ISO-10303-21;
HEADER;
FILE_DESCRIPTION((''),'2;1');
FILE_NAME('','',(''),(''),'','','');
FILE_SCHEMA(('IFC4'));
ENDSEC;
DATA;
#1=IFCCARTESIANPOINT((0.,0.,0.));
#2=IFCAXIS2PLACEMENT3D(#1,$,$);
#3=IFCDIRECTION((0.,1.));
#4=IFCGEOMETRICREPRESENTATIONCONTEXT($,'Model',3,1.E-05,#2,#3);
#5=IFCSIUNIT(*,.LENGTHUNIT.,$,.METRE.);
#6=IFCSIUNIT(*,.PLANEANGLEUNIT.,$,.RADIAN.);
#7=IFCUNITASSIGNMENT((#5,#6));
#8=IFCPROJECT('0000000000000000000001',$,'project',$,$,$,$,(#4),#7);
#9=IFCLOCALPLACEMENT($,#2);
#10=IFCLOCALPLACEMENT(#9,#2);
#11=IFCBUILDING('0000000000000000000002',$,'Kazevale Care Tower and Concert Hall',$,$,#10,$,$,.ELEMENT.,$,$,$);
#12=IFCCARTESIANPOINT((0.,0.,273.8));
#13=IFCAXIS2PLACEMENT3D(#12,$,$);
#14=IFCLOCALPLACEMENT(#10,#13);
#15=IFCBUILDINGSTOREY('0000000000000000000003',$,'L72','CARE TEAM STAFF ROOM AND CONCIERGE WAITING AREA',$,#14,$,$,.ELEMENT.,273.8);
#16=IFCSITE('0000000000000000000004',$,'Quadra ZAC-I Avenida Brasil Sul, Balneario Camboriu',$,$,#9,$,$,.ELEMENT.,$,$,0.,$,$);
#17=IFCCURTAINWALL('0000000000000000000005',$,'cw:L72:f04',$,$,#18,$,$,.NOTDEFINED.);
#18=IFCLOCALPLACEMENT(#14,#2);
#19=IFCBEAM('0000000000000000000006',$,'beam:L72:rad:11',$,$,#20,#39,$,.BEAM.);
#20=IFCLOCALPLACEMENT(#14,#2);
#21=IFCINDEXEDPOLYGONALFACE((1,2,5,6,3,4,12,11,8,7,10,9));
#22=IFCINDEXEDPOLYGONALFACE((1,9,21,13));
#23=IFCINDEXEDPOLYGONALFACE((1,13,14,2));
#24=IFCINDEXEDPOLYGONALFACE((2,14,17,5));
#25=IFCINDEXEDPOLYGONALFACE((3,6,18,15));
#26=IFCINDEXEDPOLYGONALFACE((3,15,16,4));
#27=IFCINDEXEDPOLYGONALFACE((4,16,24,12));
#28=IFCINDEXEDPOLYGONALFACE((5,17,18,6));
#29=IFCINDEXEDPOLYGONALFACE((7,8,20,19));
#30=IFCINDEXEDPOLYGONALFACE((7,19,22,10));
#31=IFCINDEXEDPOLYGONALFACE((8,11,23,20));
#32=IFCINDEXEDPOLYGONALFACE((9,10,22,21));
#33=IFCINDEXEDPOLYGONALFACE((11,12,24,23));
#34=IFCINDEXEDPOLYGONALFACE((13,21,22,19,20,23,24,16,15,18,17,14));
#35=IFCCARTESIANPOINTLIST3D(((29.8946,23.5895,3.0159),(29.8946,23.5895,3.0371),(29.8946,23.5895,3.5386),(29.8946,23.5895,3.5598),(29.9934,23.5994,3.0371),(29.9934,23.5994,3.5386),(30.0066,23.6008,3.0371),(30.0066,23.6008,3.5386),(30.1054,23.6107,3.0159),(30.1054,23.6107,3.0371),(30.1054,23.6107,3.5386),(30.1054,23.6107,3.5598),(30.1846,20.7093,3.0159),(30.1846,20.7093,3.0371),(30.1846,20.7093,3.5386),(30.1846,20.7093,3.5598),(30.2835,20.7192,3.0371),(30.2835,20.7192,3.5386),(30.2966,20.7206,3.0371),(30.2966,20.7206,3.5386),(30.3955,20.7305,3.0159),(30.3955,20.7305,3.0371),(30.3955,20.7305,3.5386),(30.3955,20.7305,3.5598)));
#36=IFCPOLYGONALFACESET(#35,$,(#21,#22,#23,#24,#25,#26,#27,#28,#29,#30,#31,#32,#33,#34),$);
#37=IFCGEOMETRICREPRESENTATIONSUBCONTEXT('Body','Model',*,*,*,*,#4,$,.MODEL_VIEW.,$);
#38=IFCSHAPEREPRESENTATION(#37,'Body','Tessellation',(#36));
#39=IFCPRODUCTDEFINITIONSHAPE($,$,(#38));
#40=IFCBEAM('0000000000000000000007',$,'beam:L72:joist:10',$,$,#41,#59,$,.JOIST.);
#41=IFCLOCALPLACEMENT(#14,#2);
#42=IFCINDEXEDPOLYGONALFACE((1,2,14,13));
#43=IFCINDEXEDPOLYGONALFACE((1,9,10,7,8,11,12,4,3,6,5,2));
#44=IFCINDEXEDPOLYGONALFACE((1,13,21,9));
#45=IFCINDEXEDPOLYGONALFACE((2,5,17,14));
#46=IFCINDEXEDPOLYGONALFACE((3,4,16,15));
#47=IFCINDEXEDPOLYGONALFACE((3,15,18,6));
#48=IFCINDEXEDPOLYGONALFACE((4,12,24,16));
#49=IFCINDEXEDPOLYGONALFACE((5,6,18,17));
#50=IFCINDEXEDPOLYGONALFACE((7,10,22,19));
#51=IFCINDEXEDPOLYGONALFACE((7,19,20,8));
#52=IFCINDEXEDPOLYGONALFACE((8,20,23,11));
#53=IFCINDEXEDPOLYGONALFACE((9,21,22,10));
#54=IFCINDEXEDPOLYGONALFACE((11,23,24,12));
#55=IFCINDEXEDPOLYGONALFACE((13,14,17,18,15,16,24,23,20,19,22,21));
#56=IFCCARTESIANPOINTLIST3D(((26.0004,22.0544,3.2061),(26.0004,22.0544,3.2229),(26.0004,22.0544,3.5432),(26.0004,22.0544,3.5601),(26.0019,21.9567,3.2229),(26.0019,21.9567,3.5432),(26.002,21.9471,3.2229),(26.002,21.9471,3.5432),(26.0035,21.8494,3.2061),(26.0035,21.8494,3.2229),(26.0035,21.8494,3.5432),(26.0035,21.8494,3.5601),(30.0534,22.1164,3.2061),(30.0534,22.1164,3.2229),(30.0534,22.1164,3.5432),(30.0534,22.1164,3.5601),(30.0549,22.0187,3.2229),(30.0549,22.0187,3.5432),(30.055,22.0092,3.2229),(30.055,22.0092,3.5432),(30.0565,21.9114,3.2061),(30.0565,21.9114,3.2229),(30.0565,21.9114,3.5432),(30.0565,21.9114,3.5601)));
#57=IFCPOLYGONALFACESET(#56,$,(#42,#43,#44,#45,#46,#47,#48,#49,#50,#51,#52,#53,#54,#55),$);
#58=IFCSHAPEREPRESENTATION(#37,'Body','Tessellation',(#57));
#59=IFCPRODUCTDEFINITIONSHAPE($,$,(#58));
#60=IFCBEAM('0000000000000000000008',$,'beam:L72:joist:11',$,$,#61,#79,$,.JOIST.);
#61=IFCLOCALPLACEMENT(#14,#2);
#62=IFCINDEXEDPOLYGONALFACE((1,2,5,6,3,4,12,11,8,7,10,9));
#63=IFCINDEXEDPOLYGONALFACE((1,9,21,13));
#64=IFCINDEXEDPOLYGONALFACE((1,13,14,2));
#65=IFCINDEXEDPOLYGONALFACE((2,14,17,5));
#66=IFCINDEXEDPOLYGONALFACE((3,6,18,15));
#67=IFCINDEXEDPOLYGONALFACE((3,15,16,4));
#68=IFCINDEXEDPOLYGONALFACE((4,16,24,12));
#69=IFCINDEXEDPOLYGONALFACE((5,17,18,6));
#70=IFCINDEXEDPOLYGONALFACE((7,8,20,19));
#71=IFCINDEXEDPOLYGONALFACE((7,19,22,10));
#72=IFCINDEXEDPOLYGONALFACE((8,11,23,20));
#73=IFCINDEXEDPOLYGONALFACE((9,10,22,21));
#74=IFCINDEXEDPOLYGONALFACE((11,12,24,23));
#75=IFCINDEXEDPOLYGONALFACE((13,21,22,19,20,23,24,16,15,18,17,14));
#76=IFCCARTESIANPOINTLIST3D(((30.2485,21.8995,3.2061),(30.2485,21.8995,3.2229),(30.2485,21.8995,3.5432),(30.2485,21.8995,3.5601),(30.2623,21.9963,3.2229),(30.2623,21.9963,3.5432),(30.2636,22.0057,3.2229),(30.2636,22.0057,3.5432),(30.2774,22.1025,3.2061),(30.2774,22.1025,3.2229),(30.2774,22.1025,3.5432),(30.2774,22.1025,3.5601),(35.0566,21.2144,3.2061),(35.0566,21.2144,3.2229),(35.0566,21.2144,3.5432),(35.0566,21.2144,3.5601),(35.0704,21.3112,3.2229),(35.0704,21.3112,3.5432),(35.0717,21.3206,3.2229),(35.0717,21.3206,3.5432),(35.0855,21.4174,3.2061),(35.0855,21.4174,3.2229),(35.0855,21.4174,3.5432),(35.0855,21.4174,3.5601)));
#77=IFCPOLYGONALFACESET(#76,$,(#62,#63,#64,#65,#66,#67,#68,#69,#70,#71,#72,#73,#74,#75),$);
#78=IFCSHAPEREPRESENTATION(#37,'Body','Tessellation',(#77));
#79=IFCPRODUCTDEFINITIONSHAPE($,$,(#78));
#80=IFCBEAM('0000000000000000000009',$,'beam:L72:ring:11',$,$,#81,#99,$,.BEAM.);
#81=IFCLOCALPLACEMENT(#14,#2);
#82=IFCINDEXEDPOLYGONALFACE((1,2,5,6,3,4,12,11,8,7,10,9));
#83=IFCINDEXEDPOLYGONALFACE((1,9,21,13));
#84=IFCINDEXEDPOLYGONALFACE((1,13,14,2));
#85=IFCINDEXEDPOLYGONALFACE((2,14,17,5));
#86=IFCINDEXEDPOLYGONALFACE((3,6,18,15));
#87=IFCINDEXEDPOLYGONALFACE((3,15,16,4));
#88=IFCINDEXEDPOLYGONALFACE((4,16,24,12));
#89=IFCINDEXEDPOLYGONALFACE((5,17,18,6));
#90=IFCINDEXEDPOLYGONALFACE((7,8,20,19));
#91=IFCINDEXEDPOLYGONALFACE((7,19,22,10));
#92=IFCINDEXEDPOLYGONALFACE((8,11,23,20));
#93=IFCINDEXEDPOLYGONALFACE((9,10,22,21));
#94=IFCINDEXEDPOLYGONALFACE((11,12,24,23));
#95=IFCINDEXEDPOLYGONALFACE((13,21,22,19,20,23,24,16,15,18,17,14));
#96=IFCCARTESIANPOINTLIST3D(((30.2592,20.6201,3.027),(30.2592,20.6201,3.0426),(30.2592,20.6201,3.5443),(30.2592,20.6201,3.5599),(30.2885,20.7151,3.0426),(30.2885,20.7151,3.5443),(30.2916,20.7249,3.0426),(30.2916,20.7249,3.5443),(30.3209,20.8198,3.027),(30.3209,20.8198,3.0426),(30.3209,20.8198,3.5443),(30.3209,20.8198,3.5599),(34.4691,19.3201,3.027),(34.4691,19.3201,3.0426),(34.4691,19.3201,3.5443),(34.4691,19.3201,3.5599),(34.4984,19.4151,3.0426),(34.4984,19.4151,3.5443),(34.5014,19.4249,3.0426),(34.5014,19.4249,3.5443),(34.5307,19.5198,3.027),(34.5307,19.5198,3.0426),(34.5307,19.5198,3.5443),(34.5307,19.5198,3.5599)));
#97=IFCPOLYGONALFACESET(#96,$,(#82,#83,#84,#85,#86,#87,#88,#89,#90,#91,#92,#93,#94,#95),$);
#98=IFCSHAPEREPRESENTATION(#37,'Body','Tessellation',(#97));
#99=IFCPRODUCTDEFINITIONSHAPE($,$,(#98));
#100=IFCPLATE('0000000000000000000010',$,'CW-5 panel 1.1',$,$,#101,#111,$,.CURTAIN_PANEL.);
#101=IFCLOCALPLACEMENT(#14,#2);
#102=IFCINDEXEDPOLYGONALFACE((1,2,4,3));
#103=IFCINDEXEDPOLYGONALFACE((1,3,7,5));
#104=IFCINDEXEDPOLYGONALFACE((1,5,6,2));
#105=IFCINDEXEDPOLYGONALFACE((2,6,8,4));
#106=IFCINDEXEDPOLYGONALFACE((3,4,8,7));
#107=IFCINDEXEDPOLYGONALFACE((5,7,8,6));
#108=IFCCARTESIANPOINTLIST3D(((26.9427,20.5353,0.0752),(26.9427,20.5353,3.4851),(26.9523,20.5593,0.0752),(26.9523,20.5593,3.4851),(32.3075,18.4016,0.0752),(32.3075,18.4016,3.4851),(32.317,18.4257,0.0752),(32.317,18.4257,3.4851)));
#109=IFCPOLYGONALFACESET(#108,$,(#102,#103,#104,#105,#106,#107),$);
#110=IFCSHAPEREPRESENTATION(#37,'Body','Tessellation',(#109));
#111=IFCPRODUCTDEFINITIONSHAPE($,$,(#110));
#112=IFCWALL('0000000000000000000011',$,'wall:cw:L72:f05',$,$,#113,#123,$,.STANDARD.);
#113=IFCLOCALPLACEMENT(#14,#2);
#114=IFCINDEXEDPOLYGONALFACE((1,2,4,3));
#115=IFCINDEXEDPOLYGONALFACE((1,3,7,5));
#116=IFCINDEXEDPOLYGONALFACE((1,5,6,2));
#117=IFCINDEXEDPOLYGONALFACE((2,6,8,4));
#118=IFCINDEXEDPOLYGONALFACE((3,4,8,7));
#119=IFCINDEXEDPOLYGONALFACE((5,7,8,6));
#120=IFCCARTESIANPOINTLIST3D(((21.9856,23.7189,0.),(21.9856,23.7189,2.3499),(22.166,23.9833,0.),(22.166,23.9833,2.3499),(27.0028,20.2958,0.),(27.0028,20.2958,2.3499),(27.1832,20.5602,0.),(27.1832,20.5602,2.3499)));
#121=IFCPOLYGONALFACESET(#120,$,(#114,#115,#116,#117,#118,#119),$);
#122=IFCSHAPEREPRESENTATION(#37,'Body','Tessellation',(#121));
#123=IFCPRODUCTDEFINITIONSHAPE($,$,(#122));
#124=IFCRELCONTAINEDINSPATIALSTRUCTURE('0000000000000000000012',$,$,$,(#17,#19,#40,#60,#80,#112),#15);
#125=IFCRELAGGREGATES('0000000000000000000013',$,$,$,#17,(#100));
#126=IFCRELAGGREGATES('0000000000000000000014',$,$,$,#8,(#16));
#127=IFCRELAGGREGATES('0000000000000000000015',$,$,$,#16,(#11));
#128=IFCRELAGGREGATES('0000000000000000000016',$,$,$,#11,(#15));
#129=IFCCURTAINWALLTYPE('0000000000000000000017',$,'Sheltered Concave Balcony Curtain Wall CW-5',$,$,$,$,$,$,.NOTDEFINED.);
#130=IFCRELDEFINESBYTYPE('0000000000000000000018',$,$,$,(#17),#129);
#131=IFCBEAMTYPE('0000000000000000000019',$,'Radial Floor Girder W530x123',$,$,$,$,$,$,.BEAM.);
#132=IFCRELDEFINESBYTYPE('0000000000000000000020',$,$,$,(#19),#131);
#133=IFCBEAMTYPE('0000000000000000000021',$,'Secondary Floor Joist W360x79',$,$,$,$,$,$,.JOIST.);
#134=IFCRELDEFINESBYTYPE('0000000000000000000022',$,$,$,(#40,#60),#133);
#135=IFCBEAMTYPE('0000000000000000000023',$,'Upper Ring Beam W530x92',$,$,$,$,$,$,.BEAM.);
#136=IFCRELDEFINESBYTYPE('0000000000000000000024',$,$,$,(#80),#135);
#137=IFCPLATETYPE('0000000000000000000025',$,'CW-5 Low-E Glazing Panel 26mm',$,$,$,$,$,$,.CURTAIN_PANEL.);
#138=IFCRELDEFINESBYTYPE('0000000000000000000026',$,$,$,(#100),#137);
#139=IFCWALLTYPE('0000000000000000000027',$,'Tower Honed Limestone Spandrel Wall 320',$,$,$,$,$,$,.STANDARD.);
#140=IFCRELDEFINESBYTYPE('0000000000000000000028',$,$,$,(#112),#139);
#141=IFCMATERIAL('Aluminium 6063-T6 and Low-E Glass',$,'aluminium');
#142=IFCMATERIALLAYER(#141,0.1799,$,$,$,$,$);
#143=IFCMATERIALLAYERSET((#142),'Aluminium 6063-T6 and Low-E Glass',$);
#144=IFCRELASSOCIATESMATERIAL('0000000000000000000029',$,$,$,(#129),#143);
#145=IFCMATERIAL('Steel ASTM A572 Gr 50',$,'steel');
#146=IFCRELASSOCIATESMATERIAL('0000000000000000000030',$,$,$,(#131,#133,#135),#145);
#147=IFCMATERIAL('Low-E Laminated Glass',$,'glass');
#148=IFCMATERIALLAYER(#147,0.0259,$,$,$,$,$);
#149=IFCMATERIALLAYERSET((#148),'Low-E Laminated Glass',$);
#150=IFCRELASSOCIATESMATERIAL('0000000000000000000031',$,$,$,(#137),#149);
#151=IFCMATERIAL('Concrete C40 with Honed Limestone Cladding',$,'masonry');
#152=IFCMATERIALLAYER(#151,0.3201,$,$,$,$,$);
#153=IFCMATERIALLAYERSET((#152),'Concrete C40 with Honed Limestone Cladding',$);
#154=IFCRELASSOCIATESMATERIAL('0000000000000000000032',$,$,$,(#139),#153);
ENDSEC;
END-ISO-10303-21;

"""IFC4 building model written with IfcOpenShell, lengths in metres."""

from ifc_helpers import new_model, si_unit, direction, frame, frame_2d, origin, origin_2d, place, context, subcontext, project, spatial, rectangle, i_section, extrude, material, layer, layer_set, material_profile, profile_set, type_object, element, aggregate, save


model = new_model("IFC4")

# Units and contexts
model_context = context("Model", 3, precision=1e-05, world=origin(), true_north=direction((0.0, 1.0)))
body_context = subcontext(model_context, "Body", "Model", "MODEL_VIEW")
ifc_project = project(units=[si_unit("LENGTHUNIT", "METRE"), si_unit("PLANEANGLEUNIT", "RADIAN")], contexts=[model_context])

# Site, building, storey
site_placement = place(None, origin())
site = spatial("IfcSite", under=ifc_project, at=site_placement, Name="Quadra ZAC-I Avenida Brasil Sul, Balneario Camboriu", CompositionType="ELEMENT", RefElevation=0.0)
building_placement = place(site_placement, origin())
building = spatial("IfcBuilding", under=site, at=building_placement, Name="Kazevale Care Tower and Concert Hall", CompositionType="ELEMENT")
storey_placement = place(building_placement, frame((0.0, 0.0, 273.8)))
storey = spatial("IfcBuildingStorey", under=building, at=storey_placement, Name="L72", Description="CARE TEAM STAFF ROOM AND CONCIERGE WAITING AREA", CompositionType="ELEMENT", Elevation=273.8)

# Shared definitions
ifc_material_1 = material(Name="Aluminium 6063-T6 and Low-E Glass", Category="aluminium")
ifc_layer_1 = layer(ifc_material_1, 0.1799)
ifc_layer_set_1 = layer_set([ifc_layer_1], Name="Aluminium 6063-T6 and Low-E Glass")
curtain_wall_type = type_object("IfcCurtainWallType", Name="Sheltered Concave Balcony Curtain Wall CW-5", PredefinedType="NOTDEFINED", material=ifc_layer_set_1)

# Curtain wall
curtain_wall_1_placement = place(storey_placement, origin())
curtain_wall_1 = element("IfcCurtainWall", 1, at=curtain_wall_1_placement, inside=storey, type_object=curtain_wall_type, Name="cw:L72:f04", PredefinedType="NOTDEFINED")

# Beams
ifc_material_2 = material(Name="Steel ASTM A572 Gr 50", Category="steel")
ifc_material_profile_1 = material_profile(ifc_material_2, i_section(OverallWidth=0.2119, OverallDepth=0.5439, WebThickness=0.0132, FlangeThickness=0.0212, at=origin_2d()), Name="W530x123")
ifc_profile_set_1 = profile_set([ifc_material_profile_1], Name="Steel ASTM A572 Gr 50")
beam_type_1 = type_object("IfcBeamType", Name="Radial Floor Girder W530x123", PredefinedType="BEAM", material=ifc_profile_set_1)
beam_1_placement = place(storey_placement, frame((30.0, 23.6001, 3.2878), z_axis=(0.100197, -0.994968, 0.0), x_axis=(0.994968, 0.100197, 0.0)))
element("IfcBeam", 2, at=beam_1_placement, inside=storey, type_object=beam_type_1, Name="beam:L72:rad:11", PredefinedType="BEAM", context=body_context, shape_type="SweptSolid", body=[
    extrude(i_section(OverallWidth=0.2119, OverallDepth=0.5439, WebThickness=0.0132, FlangeThickness=0.0212, at=origin_2d()), origin(), (0.0, 0.0, 1.0), 2.8948),
])
ifc_material_profile_2 = material_profile(ifc_material_2, i_section(OverallWidth=0.2051, OverallDepth=0.354, WebThickness=0.0095, FlangeThickness=0.0168, at=origin_2d()), Name="W360x79")
ifc_profile_set_2 = profile_set([ifc_material_profile_2], Name="Steel ASTM A572 Gr 50")
beam_type_2 = type_object("IfcBeamType", Name="Secondary Floor Joist W360x79", PredefinedType="JOIST", material=ifc_profile_set_2)
beam_2_placement = place(storey_placement, frame((26.002, 21.9519, 3.3831), z_axis=(0.999883, 0.015298, 0.0), x_axis=(-0.015298, 0.999883, 0.0)))
element("IfcBeam", 3, at=beam_2_placement, inside=storey, type_object=beam_type_2, Name="beam:L72:joist:10", PredefinedType="JOIST", context=body_context, shape_type="SweptSolid", body=[
    extrude(i_section(OverallWidth=0.2051, OverallDepth=0.354, WebThickness=0.0095, FlangeThickness=0.0168, at=origin_2d()), origin(), (0.0, 0.0, 1.0), 4.0535),
])
beam_3_placement = place(storey_placement, frame((30.2629, 22.001, 3.3831), z_axis=(0.990002, -0.141055, 0.0), x_axis=(0.141055, 0.990002, 0.0)))
element("IfcBeam", 4, at=beam_3_placement, inside=storey, type_object=beam_type_2, Name="beam:L72:joist:11", PredefinedType="JOIST", context=body_context, shape_type="SweptSolid", body=[
    extrude(i_section(OverallWidth=0.2051, OverallDepth=0.354, WebThickness=0.0095, FlangeThickness=0.0168, at=origin_2d()), origin(), (0.0, 0.0, 1.0), 4.8567),
])
ifc_material_profile_3 = material_profile(ifc_material_2, i_section(OverallWidth=0.209, OverallDepth=0.533, WebThickness=0.0103, FlangeThickness=0.0156, at=origin_2d()), Name="W530x92")
ifc_profile_set_3 = profile_set([ifc_material_profile_3], Name="Steel ASTM A572 Gr 50")
beam_type_3 = type_object("IfcBeamType", Name="Upper Ring Beam W530x92", PredefinedType="BEAM", material=ifc_profile_set_3)
beam_4_placement = place(storey_placement, frame((30.29, 20.72, 3.2935), z_axis=(0.95548, -0.295055, 0.0), x_axis=(0.295055, 0.95548, 0.0)))
element("IfcBeam", 5, at=beam_4_placement, inside=storey, type_object=beam_type_3, Name="beam:L72:ring:11", PredefinedType="BEAM", context=body_context, shape_type="SweptSolid", body=[
    extrude(i_section(OverallWidth=0.209, OverallDepth=0.533, WebThickness=0.0103, FlangeThickness=0.0156, at=origin_2d()), origin(), (0.0, 0.0, 1.0), 4.406),
])

# Plate
ifc_material_3 = material(Name="Low-E Laminated Glass", Category="glass")
ifc_layer_2 = layer(ifc_material_3, 0.0259)
ifc_layer_set_2 = layer_set([ifc_layer_2], Name="Low-E Laminated Glass")
plate_type = type_object("IfcPlateType", Name="CW-5 Low-E Glazing Panel 26mm", PredefinedType="CURTAIN_PANEL", material=ifc_layer_set_2)
plate_placement = place(storey_placement, frame((29.6299, 19.4805, 0.0752), z_axis=(0.0, 0.0, 1.0), x_axis=(-0.929208, 0.369556, 0.0)))
plate = element("IfcPlate", 6, at=plate_placement, type_object=plate_type, Name="CW-5 panel 1.1", PredefinedType="CURTAIN_PANEL", context=body_context, shape_type="SweptSolid", body=[
    extrude(rectangle(XDim=5.7734, YDim=0.0259, at=origin_2d()), origin(), (0.0, 0.0, 1.0), 3.4099),
])
aggregate(curtain_wall_1, [plate])

# Wall
ifc_material_4 = material(Name="Concrete C40 with Honed Limestone Cladding", Category="masonry")
ifc_layer_3 = layer(ifc_material_4, 0.3201)
ifc_layer_set_3 = layer_set([ifc_layer_3], Name="Concrete C40 with Honed Limestone Cladding")
wall_type = type_object("IfcWallType", Name="Tower Honed Limestone Spandrel Wall 320", PredefinedType="STANDARD", material=ifc_layer_set_3)
wall_placement = place(storey_placement, frame((27.093, 20.428, 0.0), z_axis=(0.0, 0.0, 1.0), x_axis=(-0.826047, 0.563601, 0.0)))
element("IfcWall", 7, at=wall_placement, inside=storey, type_object=wall_type, Name="wall:cw:L72:f05", PredefinedType="STANDARD", context=body_context, shape_type="SweptSolid", body=[
    extrude(rectangle(XDim=6.0737, YDim=0.3201, at=frame_2d((3.0369, 0.0))), origin(), (0.0, 0.0, 1.0), 2.3499),
])

save(model, "model.ifc")
